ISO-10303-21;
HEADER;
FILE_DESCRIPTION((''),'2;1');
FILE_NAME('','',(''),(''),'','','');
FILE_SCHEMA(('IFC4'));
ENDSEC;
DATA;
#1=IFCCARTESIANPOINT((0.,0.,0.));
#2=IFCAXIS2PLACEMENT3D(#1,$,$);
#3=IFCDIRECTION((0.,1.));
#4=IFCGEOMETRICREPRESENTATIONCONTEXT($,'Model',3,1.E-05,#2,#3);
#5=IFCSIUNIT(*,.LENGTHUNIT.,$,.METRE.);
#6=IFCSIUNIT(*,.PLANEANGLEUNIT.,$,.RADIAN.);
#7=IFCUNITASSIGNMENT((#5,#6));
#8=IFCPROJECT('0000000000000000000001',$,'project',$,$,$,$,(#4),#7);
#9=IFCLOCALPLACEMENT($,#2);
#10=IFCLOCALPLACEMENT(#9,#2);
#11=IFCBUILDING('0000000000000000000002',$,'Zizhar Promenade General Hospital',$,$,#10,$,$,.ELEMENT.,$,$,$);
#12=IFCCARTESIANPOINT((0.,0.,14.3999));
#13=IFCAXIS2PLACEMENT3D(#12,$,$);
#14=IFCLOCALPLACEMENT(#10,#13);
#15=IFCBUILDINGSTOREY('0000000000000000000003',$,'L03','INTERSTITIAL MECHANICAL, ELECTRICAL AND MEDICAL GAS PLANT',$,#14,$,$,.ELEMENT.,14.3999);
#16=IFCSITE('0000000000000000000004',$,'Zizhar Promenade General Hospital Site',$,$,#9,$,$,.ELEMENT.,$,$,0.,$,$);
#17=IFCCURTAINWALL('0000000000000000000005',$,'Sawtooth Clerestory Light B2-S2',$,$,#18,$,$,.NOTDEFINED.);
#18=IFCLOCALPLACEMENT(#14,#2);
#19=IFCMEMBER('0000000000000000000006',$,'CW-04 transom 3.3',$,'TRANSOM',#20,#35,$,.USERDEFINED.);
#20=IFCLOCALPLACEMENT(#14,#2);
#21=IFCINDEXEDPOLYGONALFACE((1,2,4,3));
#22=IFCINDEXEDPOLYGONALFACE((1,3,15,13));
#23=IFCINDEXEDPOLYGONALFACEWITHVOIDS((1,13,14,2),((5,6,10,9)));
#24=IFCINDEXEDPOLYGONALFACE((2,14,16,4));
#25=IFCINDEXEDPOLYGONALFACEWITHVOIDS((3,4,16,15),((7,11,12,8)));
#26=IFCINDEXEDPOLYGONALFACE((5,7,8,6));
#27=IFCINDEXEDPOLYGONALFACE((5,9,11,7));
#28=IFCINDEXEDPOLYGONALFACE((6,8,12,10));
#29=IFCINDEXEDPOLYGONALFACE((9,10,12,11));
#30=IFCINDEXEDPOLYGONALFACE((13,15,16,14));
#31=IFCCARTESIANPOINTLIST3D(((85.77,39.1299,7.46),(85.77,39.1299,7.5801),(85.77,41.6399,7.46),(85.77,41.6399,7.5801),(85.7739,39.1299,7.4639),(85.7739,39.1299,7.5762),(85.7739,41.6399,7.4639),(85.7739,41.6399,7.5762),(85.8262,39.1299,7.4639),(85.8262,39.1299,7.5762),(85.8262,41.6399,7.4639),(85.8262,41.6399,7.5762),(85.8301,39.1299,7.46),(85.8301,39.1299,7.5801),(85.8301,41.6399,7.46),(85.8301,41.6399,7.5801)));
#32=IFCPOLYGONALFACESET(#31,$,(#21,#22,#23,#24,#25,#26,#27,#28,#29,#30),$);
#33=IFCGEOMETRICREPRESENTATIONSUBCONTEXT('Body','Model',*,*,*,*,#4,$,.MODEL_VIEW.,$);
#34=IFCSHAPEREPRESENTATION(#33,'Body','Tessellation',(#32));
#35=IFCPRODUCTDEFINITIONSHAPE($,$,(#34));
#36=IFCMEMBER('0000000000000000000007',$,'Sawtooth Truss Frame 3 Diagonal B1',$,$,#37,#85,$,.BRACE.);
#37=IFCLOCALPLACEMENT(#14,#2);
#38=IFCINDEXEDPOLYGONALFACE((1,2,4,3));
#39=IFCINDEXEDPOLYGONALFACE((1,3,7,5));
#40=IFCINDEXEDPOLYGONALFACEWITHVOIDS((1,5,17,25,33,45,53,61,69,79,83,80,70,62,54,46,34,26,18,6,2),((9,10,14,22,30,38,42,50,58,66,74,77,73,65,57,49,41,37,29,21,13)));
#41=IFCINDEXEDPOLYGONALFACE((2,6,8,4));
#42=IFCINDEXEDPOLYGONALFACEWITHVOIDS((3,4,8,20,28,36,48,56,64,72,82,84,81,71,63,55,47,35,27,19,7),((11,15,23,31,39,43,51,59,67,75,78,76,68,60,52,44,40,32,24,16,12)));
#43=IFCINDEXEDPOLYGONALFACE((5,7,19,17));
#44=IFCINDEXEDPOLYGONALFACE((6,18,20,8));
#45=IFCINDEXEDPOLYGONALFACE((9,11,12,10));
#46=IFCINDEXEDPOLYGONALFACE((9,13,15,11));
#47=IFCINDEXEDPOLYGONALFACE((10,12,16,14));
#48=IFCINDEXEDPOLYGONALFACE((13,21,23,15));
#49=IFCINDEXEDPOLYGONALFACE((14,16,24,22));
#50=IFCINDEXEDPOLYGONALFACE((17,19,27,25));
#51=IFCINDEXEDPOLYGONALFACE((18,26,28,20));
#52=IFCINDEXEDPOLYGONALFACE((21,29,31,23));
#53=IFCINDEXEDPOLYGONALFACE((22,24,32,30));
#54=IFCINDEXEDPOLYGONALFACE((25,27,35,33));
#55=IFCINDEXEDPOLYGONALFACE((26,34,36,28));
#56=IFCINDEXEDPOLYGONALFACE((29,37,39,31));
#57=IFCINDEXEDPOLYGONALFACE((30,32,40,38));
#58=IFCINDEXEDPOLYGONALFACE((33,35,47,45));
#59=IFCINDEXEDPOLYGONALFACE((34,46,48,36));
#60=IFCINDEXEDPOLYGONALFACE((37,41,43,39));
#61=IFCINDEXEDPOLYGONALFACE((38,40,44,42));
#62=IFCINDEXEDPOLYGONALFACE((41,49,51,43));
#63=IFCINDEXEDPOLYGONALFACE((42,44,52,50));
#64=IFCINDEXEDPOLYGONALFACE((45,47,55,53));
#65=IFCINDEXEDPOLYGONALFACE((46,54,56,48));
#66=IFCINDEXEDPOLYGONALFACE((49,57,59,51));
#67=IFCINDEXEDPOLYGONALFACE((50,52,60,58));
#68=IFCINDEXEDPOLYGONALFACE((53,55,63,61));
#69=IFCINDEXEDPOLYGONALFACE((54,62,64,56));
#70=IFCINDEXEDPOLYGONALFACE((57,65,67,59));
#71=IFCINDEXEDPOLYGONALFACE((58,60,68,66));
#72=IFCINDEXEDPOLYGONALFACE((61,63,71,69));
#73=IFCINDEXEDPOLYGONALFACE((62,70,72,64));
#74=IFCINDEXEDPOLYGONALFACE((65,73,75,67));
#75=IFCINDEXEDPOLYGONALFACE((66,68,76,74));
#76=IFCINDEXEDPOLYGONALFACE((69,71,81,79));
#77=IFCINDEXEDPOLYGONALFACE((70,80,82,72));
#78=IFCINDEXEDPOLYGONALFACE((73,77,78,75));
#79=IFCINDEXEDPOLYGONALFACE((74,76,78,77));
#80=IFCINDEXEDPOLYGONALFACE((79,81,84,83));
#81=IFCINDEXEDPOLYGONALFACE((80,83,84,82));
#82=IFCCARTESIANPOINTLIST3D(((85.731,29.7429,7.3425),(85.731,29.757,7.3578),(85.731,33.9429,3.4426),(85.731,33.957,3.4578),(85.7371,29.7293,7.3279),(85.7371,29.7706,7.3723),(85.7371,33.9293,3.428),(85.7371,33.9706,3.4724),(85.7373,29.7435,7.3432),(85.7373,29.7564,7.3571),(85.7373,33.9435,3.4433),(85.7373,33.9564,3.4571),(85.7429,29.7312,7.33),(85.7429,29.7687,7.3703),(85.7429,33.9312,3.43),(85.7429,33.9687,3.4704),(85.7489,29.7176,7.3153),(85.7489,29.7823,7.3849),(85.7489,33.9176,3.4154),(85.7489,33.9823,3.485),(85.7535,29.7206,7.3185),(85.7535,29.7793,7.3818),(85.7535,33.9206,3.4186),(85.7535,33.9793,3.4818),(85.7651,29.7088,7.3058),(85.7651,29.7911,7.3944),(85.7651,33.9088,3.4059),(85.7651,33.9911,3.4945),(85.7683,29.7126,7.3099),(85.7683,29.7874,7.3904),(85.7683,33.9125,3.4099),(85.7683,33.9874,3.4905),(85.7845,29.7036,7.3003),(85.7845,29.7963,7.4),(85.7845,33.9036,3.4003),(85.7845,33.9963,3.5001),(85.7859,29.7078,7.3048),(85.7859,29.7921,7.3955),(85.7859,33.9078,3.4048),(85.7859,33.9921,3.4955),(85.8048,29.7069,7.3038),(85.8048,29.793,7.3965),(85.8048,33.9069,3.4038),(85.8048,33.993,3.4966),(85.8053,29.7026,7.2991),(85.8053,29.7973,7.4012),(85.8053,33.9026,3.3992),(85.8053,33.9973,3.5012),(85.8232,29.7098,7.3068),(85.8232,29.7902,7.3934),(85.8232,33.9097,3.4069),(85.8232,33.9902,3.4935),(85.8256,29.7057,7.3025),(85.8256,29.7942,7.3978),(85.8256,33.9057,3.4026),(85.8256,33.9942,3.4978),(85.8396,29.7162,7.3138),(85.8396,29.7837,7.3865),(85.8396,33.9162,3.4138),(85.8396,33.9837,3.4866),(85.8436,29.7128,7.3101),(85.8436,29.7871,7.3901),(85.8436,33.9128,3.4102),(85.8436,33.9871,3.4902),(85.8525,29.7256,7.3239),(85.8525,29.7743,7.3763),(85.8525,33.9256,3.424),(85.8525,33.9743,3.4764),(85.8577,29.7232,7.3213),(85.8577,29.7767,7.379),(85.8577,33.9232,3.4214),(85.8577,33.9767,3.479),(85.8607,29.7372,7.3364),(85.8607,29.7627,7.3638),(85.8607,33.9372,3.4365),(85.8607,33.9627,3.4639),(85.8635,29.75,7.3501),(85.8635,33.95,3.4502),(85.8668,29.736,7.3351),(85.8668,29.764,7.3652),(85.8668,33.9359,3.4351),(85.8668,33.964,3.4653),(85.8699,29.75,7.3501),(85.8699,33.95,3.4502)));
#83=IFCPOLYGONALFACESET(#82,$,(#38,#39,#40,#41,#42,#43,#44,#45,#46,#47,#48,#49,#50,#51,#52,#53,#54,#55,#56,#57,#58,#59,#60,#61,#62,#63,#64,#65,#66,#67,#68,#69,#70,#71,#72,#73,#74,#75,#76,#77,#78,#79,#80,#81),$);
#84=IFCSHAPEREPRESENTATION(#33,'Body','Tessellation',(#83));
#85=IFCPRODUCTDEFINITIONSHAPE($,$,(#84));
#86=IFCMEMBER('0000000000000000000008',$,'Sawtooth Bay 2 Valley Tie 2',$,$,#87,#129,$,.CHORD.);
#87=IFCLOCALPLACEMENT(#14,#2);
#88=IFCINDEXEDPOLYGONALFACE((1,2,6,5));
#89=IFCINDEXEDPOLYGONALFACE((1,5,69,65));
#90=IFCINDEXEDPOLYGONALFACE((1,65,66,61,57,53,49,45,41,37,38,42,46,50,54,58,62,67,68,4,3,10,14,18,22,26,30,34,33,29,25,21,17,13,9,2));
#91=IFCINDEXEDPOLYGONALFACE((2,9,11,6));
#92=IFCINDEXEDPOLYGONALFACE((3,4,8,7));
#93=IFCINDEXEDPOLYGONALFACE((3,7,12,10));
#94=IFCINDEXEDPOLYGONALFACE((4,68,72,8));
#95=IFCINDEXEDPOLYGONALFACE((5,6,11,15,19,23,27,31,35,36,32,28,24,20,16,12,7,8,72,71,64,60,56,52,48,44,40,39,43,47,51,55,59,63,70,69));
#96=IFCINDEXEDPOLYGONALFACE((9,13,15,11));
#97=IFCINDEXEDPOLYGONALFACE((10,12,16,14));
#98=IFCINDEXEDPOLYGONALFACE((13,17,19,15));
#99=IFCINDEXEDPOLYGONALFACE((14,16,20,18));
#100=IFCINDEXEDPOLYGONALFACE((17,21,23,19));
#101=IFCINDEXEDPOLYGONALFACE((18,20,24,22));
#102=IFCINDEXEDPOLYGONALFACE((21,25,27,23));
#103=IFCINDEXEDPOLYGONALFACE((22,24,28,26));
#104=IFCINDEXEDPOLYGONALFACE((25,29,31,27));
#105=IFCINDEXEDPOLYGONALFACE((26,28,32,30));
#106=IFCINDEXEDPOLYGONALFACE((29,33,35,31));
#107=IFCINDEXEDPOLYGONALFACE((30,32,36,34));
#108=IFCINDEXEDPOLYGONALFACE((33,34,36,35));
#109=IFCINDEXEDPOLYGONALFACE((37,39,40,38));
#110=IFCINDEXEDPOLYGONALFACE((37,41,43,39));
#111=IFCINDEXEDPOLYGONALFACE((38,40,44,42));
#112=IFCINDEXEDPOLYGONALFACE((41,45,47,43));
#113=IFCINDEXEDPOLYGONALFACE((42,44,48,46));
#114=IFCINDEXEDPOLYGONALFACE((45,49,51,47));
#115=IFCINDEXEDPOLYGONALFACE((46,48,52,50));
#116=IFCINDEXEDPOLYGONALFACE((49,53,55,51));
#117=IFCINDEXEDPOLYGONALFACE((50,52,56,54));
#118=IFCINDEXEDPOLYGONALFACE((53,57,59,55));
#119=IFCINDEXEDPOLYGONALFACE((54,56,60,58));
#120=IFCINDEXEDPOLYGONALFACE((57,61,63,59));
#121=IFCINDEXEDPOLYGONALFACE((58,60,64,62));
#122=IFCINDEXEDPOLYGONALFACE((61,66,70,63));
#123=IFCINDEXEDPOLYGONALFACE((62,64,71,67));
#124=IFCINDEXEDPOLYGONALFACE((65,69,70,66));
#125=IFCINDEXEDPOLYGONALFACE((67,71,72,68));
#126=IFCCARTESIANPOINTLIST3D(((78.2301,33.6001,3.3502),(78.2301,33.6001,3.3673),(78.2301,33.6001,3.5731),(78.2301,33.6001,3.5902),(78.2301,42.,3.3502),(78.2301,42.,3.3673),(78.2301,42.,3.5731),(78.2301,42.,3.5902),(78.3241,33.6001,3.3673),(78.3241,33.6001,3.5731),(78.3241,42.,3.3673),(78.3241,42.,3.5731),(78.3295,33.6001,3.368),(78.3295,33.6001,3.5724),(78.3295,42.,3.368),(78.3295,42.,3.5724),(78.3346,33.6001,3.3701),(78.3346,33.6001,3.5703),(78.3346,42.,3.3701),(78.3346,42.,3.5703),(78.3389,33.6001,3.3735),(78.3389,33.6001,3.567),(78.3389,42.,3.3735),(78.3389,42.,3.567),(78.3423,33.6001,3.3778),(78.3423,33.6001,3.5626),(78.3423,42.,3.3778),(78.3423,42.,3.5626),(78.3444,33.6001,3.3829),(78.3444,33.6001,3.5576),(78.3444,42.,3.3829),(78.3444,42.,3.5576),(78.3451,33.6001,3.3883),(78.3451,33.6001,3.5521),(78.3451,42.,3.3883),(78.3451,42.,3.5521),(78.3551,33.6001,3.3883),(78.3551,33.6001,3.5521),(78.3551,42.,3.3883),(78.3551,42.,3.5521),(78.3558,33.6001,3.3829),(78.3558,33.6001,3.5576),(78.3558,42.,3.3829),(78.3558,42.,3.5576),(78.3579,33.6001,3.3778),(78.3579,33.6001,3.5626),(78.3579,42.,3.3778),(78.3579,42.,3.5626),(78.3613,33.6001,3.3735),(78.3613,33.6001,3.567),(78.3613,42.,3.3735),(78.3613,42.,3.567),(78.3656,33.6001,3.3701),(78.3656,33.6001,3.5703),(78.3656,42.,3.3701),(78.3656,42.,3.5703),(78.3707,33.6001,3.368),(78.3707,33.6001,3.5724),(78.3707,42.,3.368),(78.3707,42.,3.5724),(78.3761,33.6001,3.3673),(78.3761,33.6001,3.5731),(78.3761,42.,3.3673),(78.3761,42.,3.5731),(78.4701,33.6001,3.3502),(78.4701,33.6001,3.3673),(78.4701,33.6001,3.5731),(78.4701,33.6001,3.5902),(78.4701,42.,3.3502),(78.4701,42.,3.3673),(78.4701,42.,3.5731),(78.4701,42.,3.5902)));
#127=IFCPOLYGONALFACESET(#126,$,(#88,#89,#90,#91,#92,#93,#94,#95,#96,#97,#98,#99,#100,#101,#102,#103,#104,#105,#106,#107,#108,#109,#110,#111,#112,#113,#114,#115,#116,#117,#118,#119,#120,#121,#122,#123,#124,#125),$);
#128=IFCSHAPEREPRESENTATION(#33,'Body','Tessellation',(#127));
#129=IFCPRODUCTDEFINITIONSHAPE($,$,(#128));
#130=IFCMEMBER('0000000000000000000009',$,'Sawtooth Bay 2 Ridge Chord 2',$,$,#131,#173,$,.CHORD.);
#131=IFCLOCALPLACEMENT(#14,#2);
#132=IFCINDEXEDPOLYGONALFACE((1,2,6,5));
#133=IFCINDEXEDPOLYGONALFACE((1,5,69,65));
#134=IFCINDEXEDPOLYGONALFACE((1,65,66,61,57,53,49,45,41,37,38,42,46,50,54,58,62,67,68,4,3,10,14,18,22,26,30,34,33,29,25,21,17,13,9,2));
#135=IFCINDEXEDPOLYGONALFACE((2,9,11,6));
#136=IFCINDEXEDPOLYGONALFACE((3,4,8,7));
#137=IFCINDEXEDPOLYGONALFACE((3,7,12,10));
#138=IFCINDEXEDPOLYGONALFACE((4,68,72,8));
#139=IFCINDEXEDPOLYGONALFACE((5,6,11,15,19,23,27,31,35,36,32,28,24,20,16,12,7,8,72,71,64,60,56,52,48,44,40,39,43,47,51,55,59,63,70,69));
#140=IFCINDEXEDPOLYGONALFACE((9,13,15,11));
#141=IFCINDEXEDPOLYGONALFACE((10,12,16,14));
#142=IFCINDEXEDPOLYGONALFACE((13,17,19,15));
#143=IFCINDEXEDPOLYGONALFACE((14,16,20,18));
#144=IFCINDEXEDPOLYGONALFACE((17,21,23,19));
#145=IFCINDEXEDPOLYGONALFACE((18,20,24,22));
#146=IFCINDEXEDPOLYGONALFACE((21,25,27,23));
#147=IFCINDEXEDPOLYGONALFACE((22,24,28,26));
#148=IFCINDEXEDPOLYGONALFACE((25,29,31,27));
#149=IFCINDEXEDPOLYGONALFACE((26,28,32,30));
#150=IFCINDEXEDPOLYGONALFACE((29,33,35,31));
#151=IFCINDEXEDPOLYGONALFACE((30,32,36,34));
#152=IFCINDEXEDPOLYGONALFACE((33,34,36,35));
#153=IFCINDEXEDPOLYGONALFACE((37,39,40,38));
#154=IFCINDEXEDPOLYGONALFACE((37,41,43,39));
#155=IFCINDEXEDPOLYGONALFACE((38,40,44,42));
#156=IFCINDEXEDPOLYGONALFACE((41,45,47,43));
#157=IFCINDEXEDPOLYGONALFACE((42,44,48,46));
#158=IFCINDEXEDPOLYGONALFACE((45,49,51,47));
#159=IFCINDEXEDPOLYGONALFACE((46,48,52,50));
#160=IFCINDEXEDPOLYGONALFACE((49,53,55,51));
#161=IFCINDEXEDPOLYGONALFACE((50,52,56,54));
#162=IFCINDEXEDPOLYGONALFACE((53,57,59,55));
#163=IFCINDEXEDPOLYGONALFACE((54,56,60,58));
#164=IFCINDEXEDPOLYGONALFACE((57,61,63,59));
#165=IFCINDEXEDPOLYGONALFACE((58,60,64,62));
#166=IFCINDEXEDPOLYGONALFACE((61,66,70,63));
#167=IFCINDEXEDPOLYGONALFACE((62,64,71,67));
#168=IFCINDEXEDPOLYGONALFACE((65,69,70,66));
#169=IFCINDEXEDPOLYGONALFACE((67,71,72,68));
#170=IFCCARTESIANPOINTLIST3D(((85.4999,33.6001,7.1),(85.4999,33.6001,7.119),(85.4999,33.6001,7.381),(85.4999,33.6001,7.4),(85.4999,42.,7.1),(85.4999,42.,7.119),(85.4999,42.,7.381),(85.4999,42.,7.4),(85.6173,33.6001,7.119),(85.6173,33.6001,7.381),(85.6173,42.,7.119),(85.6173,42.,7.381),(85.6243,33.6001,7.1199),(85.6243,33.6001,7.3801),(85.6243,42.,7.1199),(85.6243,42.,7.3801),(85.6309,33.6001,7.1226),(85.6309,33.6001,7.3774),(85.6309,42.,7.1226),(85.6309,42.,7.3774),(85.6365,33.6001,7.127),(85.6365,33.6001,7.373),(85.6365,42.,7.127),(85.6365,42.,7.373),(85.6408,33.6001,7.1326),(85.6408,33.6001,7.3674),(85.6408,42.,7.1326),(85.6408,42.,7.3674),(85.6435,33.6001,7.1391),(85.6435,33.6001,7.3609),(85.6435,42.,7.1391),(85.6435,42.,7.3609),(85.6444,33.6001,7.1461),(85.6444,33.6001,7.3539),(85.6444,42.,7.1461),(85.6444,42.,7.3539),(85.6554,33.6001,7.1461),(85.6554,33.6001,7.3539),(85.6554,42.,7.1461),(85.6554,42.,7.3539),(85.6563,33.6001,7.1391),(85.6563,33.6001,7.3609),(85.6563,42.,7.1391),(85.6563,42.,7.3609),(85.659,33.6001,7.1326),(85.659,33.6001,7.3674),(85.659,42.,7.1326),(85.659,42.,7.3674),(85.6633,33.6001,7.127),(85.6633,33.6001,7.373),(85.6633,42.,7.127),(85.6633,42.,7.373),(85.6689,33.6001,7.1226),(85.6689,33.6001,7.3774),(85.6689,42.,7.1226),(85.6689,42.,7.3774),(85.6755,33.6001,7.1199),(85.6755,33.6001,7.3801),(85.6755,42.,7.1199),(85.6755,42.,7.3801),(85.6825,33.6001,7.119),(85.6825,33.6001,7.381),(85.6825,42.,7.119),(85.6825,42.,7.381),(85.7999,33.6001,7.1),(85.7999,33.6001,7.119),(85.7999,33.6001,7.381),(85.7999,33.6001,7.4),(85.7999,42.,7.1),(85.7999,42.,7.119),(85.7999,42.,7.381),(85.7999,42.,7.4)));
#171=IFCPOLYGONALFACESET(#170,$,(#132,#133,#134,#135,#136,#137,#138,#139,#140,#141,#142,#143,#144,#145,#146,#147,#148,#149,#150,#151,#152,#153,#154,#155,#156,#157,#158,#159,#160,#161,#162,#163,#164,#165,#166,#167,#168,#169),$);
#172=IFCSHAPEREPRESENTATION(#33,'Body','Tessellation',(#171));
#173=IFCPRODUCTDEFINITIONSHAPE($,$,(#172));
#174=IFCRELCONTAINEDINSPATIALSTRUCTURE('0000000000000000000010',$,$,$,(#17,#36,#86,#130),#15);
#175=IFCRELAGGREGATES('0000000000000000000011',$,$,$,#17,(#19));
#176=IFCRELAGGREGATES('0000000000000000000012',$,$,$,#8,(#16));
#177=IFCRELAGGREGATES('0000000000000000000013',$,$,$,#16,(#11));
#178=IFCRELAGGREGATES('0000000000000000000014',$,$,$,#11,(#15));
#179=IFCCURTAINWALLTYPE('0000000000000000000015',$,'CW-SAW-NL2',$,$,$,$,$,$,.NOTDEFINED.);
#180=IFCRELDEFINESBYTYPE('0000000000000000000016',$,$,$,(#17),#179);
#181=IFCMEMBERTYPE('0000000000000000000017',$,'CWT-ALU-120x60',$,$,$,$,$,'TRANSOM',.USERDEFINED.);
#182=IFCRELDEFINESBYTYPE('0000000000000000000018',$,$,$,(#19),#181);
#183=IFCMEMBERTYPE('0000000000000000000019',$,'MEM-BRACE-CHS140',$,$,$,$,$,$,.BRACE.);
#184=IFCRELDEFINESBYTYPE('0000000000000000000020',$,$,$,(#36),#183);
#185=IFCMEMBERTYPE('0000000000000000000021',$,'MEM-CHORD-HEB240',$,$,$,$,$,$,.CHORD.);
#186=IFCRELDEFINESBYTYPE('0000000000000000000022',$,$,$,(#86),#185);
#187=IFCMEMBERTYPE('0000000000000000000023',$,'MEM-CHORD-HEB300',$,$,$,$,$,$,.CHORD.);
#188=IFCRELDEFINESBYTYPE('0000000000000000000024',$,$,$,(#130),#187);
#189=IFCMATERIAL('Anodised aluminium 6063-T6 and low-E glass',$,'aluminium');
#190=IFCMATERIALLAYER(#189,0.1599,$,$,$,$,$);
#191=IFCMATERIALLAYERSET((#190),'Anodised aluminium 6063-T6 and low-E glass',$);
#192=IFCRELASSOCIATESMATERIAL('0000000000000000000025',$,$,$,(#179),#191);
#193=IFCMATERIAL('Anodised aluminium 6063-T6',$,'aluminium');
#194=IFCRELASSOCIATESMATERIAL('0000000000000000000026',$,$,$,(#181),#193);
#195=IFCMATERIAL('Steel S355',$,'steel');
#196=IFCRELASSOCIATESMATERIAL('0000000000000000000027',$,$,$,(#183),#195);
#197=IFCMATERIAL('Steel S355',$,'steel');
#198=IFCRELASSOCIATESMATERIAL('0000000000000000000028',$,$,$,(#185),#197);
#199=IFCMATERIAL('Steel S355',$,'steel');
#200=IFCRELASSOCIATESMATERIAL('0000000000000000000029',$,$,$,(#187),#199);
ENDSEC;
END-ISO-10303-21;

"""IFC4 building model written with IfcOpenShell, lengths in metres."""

from ifc_helpers import new_model, si_unit, direction, frame, origin, origin_2d, place, context, subcontext, project, spatial, hollow_rectangle, hollow_circle, i_section, extrude, material, layer, layer_set, material_profile, profile_set, type_object, element, aggregate, save


model = new_model("IFC4")

# Units and contexts
model_context = context("Model", 3, precision=1e-05, world=origin(), true_north=direction((0.0, 1.0)))
body_context = subcontext(model_context, "Body", "Model", "MODEL_VIEW")
ifc_project = project(units=[si_unit("LENGTHUNIT", "METRE"), si_unit("PLANEANGLEUNIT", "RADIAN")], contexts=[model_context])

# Site, building, storey
site_placement = place(None, origin())
site = spatial("IfcSite", under=ifc_project, at=site_placement, Name="Zizhar Promenade General Hospital Site", CompositionType="ELEMENT", RefElevation=0.0)
building_placement = place(site_placement, origin())
building = spatial("IfcBuilding", under=site, at=building_placement, Name="Zizhar Promenade General Hospital", CompositionType="ELEMENT")
storey_placement = place(building_placement, frame((0.0, 0.0, 14.3999)))
storey = spatial("IfcBuildingStorey", under=building, at=storey_placement, Name="L03", Description="INTERSTITIAL MECHANICAL, ELECTRICAL AND MEDICAL GAS PLANT", CompositionType="ELEMENT", Elevation=14.3999)

# Curtain wall, member
ifc_material_1 = material(Name="Anodised aluminium 6063-T6 and low-E glass", Category="aluminium")
ifc_layer_1 = layer(ifc_material_1, 0.1599)
ifc_layer_set_1 = layer_set([ifc_layer_1], Name="Anodised aluminium 6063-T6 and low-E glass")
curtain_wall_type = type_object("IfcCurtainWallType", Name="CW-SAW-NL2", PredefinedType="NOTDEFINED", material=ifc_layer_set_1)
curtain_wall_placement = place(storey_placement, origin())
curtain_wall = element("IfcCurtainWall", 1, at=curtain_wall_placement, inside=storey, type_object=curtain_wall_type, Name="Sawtooth Clerestory Light B2-S2", PredefinedType="NOTDEFINED")
ifc_material_2 = material(Name="Anodised aluminium 6063-T6", Category="aluminium")
ifc_material_profile_1 = material_profile(ifc_material_2, hollow_rectangle(XDim=0.0601, YDim=0.1201, WallThickness=0.0039, at=origin_2d()))
ifc_profile_set_1 = profile_set([ifc_material_profile_1], Name="Anodised aluminium 6063-T6")
member_type_1 = type_object("IfcMemberType", Name="CWT-ALU-120x60", ElementType="TRANSOM", PredefinedType="USERDEFINED", material=ifc_profile_set_1)
member_1_placement = place(storey_placement, frame((85.8, 39.1299, 7.52), z_axis=(0.0, 1.0, 0.0), x_axis=(-1.0, 0.0, 0.0)))
member_1 = element("IfcMember", 2, at=member_1_placement, type_object=member_type_1, Name="CW-04 transom 3.3", ObjectType="TRANSOM", PredefinedType="USERDEFINED", context=body_context, shape_type="SweptSolid", body=[
    extrude(hollow_rectangle(XDim=0.0601, YDim=0.1201, WallThickness=0.0039, at=origin_2d()), origin(), (0.0, 0.0, 1.0), 2.51),
])

# Members
ifc_material_3 = material(Name="Steel S355", Category="steel")
ifc_material_profile_2 = material_profile(ifc_material_3, hollow_circle(Radius=0.0698, WallThickness=0.0063, at=origin_2d()))
ifc_profile_set_2 = profile_set([ifc_material_profile_2], Name="Steel S355")
member_type_2 = type_object("IfcMemberType", Name="MEM-BRACE-CHS140", PredefinedType="BRACE", material=ifc_profile_set_2)
member_2_placement = place(storey_placement, frame((85.8, 33.95, 3.4502), z_axis=(0.0, -0.732798, 0.680446), x_axis=(1.0, 0.0, 0.0)))
element("IfcMember", 3, at=member_2_placement, inside=storey, type_object=member_type_2, Name="Sawtooth Truss Frame 3 Diagonal B1", PredefinedType="BRACE", context=body_context, shape_type="SweptSolid", body=[
    extrude(hollow_circle(Radius=0.0698, WallThickness=0.0063, at=origin_2d()), origin(), (0.0, 0.0, 1.0), 5.7314),
])
ifc_material_4 = material(Name="Steel S355", Category="steel")
ifc_material_profile_3 = material_profile(ifc_material_4, i_section(OverallWidth=0.24, OverallDepth=0.24, WebThickness=0.01, FlangeThickness=0.0171, FilletRadius=0.021, at=origin_2d()))
ifc_profile_set_3 = profile_set([ifc_material_profile_3], Name="Steel S355")
member_type_3 = type_object("IfcMemberType", Name="MEM-CHORD-HEB240", PredefinedType="CHORD", material=ifc_profile_set_3)
member_3_placement = place(storey_placement, frame((78.3501, 33.6001, 3.4702), z_axis=(0.0, 1.0, 0.0), x_axis=(-1.0, 0.0, 0.0)))
element("IfcMember", 4, at=member_3_placement, inside=storey, type_object=member_type_3, Name="Sawtooth Bay 2 Valley Tie 2", PredefinedType="CHORD", context=body_context, shape_type="SweptSolid", body=[
    extrude(i_section(OverallWidth=0.24, OverallDepth=0.24, WebThickness=0.01, FlangeThickness=0.0171, FilletRadius=0.021, at=origin_2d()), origin(), (0.0, 0.0, 1.0), 8.3999),
])
ifc_material_5 = material(Name="Steel S355", Category="steel")
ifc_material_profile_4 = material_profile(ifc_material_5, i_section(OverallWidth=0.3, OverallDepth=0.3, WebThickness=0.011, FlangeThickness=0.019, FilletRadius=0.0271, at=origin_2d()))
ifc_profile_set_4 = profile_set([ifc_material_profile_4], Name="Steel S355")
member_type_4 = type_object("IfcMemberType", Name="MEM-CHORD-HEB300", PredefinedType="CHORD", material=ifc_profile_set_4)
member_4_placement = place(storey_placement, frame((85.6499, 33.6001, 7.25), z_axis=(0.0, 1.0, 0.0), x_axis=(-1.0, 0.0, 0.0)))
element("IfcMember", 5, at=member_4_placement, inside=storey, type_object=member_type_4, Name="Sawtooth Bay 2 Ridge Chord 2", PredefinedType="CHORD", context=body_context, shape_type="SweptSolid", body=[
    extrude(i_section(OverallWidth=0.3, OverallDepth=0.3, WebThickness=0.011, FlangeThickness=0.019, FilletRadius=0.0271, at=origin_2d()), origin(), (0.0, 0.0, 1.0), 8.3999),
])

aggregate(curtain_wall, [member_1])

save(model, "model.ifc")
